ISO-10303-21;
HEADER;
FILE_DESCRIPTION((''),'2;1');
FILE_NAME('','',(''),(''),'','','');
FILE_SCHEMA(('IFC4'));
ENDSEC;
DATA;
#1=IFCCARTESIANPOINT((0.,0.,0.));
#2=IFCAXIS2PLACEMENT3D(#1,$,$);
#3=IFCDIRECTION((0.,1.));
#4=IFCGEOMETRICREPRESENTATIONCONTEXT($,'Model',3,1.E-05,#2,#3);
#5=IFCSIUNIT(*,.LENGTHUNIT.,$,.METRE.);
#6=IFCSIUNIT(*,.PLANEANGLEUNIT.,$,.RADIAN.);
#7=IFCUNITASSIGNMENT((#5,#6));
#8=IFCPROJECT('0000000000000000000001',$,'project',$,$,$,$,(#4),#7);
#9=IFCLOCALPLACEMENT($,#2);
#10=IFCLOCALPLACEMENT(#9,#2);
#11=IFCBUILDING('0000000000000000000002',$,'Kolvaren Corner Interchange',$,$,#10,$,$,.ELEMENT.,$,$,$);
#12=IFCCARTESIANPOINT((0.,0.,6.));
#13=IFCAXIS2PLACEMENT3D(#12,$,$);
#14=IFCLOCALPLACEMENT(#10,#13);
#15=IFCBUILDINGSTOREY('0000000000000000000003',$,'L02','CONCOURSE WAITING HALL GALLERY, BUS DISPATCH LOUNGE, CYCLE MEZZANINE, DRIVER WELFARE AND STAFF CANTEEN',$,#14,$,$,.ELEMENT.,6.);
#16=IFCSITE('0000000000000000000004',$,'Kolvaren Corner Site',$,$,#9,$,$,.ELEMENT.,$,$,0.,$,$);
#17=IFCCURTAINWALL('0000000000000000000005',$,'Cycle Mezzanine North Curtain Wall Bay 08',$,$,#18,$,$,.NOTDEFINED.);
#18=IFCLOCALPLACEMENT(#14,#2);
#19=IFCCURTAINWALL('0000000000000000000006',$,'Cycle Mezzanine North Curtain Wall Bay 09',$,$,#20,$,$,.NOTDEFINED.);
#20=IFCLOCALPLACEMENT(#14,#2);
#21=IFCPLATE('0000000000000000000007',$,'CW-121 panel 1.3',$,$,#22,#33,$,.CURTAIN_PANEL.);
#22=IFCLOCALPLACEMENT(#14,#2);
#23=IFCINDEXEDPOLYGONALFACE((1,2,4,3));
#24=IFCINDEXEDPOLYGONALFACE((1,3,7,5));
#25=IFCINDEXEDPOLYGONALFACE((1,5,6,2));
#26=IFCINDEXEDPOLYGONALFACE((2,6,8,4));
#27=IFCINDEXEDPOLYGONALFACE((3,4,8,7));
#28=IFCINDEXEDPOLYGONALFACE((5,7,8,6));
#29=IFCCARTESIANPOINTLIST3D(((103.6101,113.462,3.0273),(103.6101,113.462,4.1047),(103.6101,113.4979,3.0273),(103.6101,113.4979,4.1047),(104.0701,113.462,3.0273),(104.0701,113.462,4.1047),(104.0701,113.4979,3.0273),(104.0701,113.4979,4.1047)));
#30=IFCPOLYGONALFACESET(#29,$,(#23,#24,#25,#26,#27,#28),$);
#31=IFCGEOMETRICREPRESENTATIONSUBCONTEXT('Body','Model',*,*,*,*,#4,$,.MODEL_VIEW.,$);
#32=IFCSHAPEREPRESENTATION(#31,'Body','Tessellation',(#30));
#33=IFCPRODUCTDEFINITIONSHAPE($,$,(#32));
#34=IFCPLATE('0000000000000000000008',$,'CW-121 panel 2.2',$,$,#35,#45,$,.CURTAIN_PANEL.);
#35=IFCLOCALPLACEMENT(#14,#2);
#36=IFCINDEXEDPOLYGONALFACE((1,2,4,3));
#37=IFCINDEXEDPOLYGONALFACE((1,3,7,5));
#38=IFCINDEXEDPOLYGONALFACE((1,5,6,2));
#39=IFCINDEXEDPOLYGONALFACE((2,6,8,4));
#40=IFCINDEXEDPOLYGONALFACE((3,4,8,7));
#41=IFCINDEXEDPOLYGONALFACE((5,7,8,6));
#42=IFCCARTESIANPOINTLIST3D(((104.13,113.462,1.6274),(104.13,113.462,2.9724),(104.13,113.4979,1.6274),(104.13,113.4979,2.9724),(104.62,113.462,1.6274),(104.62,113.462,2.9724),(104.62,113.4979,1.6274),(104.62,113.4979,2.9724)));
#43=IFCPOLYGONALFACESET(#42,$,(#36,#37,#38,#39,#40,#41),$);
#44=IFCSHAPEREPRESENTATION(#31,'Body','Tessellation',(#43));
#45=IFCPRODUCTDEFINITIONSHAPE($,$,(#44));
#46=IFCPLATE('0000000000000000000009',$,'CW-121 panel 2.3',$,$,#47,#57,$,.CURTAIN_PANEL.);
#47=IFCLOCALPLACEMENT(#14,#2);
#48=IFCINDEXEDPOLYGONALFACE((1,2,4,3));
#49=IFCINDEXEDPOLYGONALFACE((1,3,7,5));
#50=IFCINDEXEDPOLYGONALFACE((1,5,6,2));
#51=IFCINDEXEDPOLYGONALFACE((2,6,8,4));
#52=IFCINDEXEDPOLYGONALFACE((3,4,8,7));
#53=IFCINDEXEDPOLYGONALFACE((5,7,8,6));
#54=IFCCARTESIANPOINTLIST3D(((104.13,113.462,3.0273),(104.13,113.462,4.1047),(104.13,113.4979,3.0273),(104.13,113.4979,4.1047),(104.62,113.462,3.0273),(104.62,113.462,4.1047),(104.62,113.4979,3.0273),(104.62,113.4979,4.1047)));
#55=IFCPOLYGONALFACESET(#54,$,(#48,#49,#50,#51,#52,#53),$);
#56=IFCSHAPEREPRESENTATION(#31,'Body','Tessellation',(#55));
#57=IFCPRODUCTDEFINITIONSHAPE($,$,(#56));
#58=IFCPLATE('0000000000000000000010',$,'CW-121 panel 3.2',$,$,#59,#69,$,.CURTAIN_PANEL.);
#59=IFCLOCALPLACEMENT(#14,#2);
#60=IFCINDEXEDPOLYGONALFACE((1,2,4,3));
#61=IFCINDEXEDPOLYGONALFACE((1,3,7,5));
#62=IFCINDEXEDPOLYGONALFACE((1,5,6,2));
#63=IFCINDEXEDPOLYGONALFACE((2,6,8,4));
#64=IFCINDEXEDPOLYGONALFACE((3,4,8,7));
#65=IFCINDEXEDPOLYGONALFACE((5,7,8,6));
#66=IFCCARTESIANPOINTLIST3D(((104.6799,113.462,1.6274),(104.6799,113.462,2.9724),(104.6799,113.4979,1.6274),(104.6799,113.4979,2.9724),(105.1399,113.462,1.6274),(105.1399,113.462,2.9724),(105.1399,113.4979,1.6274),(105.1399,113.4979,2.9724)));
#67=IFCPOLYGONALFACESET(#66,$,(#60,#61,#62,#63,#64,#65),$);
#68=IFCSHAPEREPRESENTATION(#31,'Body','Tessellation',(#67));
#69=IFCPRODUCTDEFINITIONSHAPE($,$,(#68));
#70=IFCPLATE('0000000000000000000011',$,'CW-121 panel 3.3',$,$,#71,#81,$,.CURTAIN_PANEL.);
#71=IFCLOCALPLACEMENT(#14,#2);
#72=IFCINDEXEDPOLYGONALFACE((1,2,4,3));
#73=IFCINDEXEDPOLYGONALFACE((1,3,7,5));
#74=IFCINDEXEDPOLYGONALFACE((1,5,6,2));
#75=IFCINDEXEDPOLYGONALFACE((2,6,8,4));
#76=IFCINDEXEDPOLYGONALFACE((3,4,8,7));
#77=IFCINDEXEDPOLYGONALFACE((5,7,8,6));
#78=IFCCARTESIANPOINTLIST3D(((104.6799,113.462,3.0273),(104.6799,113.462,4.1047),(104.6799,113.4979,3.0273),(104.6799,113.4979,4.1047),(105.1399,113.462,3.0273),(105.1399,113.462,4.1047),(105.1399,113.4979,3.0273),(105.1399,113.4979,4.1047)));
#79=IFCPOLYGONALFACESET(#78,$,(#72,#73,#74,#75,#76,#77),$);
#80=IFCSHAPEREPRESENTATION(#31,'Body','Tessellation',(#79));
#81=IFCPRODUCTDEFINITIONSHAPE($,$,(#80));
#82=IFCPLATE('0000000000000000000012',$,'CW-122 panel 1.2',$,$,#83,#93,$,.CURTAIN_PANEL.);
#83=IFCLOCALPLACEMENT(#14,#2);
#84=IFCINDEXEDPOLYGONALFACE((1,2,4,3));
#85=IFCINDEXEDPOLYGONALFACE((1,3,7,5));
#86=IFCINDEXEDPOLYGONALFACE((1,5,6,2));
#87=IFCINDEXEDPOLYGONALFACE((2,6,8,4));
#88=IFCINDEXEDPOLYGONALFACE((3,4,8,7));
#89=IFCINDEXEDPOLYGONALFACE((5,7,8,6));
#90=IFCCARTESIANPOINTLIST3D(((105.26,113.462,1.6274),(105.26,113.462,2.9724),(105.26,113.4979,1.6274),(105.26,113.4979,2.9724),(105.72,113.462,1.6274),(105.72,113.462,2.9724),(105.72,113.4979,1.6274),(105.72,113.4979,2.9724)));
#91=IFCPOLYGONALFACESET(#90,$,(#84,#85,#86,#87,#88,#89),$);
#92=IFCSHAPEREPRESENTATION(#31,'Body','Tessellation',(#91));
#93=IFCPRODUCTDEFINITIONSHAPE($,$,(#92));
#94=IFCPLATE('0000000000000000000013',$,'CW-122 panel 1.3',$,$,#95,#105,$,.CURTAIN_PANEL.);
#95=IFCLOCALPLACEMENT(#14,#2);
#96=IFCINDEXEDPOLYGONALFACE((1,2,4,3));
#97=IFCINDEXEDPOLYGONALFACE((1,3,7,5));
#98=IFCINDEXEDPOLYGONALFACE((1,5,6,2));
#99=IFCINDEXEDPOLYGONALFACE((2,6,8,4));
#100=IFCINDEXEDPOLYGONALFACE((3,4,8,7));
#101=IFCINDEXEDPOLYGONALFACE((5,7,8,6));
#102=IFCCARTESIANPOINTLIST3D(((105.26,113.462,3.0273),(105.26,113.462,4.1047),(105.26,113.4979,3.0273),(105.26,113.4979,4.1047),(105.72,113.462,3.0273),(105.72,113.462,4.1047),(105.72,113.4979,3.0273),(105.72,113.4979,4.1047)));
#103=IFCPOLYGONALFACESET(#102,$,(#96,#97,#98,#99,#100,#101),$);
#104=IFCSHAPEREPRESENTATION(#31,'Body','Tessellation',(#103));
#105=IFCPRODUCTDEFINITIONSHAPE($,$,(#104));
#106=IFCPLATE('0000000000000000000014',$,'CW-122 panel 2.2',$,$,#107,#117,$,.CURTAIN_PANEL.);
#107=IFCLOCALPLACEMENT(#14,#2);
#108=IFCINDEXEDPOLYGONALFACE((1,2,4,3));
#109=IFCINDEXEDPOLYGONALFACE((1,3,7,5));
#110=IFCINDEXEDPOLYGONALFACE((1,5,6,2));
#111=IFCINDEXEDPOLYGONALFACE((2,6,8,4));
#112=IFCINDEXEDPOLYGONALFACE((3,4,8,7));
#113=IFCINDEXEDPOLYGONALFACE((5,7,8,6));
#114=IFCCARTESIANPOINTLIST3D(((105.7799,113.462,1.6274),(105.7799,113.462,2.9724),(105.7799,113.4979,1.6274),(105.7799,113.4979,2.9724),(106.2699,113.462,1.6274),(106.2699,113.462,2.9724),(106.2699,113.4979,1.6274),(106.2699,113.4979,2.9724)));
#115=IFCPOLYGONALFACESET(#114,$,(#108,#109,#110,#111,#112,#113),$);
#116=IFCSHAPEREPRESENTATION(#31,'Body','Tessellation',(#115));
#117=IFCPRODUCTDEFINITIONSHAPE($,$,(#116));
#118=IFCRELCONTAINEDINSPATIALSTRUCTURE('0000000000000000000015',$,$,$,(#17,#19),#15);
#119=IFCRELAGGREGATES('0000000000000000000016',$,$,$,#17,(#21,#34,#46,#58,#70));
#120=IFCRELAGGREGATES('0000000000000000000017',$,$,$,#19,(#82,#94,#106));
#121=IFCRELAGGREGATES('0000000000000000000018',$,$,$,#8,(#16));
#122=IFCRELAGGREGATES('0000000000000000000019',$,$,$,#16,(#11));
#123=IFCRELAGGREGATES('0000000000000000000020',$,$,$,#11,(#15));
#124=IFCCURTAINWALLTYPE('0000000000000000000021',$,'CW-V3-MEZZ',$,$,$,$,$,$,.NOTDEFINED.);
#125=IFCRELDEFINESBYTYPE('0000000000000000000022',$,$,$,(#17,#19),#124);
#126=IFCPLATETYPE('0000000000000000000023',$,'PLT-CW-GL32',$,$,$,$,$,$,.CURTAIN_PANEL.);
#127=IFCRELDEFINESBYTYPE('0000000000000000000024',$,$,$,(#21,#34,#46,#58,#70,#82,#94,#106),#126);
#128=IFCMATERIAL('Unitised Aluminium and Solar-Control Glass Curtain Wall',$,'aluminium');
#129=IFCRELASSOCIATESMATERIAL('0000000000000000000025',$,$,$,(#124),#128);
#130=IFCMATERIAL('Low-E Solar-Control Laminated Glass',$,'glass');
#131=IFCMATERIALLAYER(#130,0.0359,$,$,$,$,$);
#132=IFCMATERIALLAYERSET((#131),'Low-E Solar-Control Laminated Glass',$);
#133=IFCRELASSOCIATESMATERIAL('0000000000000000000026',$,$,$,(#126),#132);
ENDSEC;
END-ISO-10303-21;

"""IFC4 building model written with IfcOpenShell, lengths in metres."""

from ifc_helpers import new_model, si_unit, direction, frame, origin, origin_2d, place, context, subcontext, project, spatial, rectangle, extrude, material, layer, layer_set, type_object, element, aggregate, save


model = new_model("IFC4")

# Units and contexts
model_context = context("Model", 3, precision=1e-05, world=origin(), true_north=direction((0.0, 1.0)))
body_context = subcontext(model_context, "Body", "Model", "MODEL_VIEW")
ifc_project = project(units=[si_unit("LENGTHUNIT", "METRE"), si_unit("PLANEANGLEUNIT", "RADIAN")], contexts=[model_context])

# Site, building, storey
site_placement = place(None, origin())
site = spatial("IfcSite", under=ifc_project, at=site_placement, Name="Kolvaren Corner Site", CompositionType="ELEMENT", RefElevation=0.0)
building_placement = place(site_placement, origin())
building = spatial("IfcBuilding", under=site, at=building_placement, Name="Kolvaren Corner Interchange", CompositionType="ELEMENT")
storey_placement = place(building_placement, frame((0.0, 0.0, 6.0)))
storey = spatial("IfcBuildingStorey", under=building, at=storey_placement, Name="L02", Description="CONCOURSE WAITING HALL GALLERY, BUS DISPATCH LOUNGE, CYCLE MEZZANINE, DRIVER WELFARE AND STAFF CANTEEN", CompositionType="ELEMENT", Elevation=6.0)

# Curtain walls
ifc_material_1 = material(Name="Unitised Aluminium and Solar-Control Glass Curtain Wall", Category="aluminium")
curtain_wall_type = type_object("IfcCurtainWallType", Name="CW-V3-MEZZ", PredefinedType="NOTDEFINED", material=ifc_material_1)
curtain_wall_1_placement = place(storey_placement, origin())
curtain_wall_1 = element("IfcCurtainWall", 1, at=curtain_wall_1_placement, inside=storey, type_object=curtain_wall_type, Name="Cycle Mezzanine North Curtain Wall Bay 08", PredefinedType="NOTDEFINED")
curtain_wall_2_placement = place(storey_placement, origin())
curtain_wall_2 = element("IfcCurtainWall", 2, at=curtain_wall_2_placement, inside=storey, type_object=curtain_wall_type, Name="Cycle Mezzanine North Curtain Wall Bay 09", PredefinedType="NOTDEFINED")

# Plates
ifc_material_2 = material(Name="Low-E Solar-Control Laminated Glass", Category="glass")
ifc_layer = layer(ifc_material_2, 0.0359)
ifc_layer_set = layer_set([ifc_layer], Name="Low-E Solar-Control Laminated Glass")
plate_type = type_object("IfcPlateType", Name="PLT-CW-GL32", PredefinedType="CURTAIN_PANEL", material=ifc_layer_set)
plate_1_placement = place(storey_placement, frame((103.8401, 113.48, 3.0273), z_axis=(0.0, 0.0, 1.0), x_axis=(1.0, 0.0, 0.0)))
plate_1 = element("IfcPlate", 3, at=plate_1_placement, type_object=plate_type, Name="CW-121 panel 1.3", PredefinedType="CURTAIN_PANEL", context=body_context, shape_type="SweptSolid", body=[
    extrude(rectangle(XDim=0.46, YDim=0.0359, at=origin_2d()), origin(), (0.0, 0.0, 1.0), 1.0774),
])
plate_2_placement = place(storey_placement, frame((104.375, 113.48, 1.6274), z_axis=(0.0, 0.0, 1.0), x_axis=(1.0, 0.0, 0.0)))
plate_2 = element("IfcPlate", 4, at=plate_2_placement, type_object=plate_type, Name="CW-121 panel 2.2", PredefinedType="CURTAIN_PANEL", context=body_context, shape_type="SweptSolid", body=[
    extrude(rectangle(XDim=0.49, YDim=0.0359, at=origin_2d()), origin(), (0.0, 0.0, 1.0), 1.345),
])
plate_3_placement = place(storey_placement, frame((104.375, 113.48, 3.0273), z_axis=(0.0, 0.0, 1.0), x_axis=(1.0, 0.0, 0.0)))
plate_3 = element("IfcPlate", 5, at=plate_3_placement, type_object=plate_type, Name="CW-121 panel 2.3", PredefinedType="CURTAIN_PANEL", context=body_context, shape_type="SweptSolid", body=[
    extrude(rectangle(XDim=0.49, YDim=0.0359, at=origin_2d()), origin(), (0.0, 0.0, 1.0), 1.0774),
])
plate_4_placement = place(storey_placement, frame((104.9099, 113.48, 1.6274), z_axis=(0.0, 0.0, 1.0), x_axis=(1.0, 0.0, 0.0)))
plate_4 = element("IfcPlate", 6, at=plate_4_placement, type_object=plate_type, Name="CW-121 panel 3.2", PredefinedType="CURTAIN_PANEL", context=body_context, shape_type="SweptSolid", body=[
    extrude(rectangle(XDim=0.46, YDim=0.0359, at=origin_2d()), origin(), (0.0, 0.0, 1.0), 1.345),
])
plate_5_placement = place(storey_placement, frame((104.9099, 113.48, 3.0273), z_axis=(0.0, 0.0, 1.0), x_axis=(1.0, 0.0, 0.0)))
plate_5 = element("IfcPlate", 7, at=plate_5_placement, type_object=plate_type, Name="CW-121 panel 3.3", PredefinedType="CURTAIN_PANEL", context=body_context, shape_type="SweptSolid", body=[
    extrude(rectangle(XDim=0.46, YDim=0.0359, at=origin_2d()), origin(), (0.0, 0.0, 1.0), 1.0774),
])
aggregate(curtain_wall_1, [plate_1, plate_2, plate_3, plate_4, plate_5])
plate_6_placement = place(storey_placement, frame((105.49, 113.48, 1.6274), z_axis=(0.0, 0.0, 1.0), x_axis=(1.0, 0.0, 0.0)))
plate_6 = element("IfcPlate", 8, at=plate_6_placement, type_object=plate_type, Name="CW-122 panel 1.2", PredefinedType="CURTAIN_PANEL", context=body_context, shape_type="SweptSolid", body=[
    extrude(rectangle(XDim=0.46, YDim=0.0359, at=origin_2d()), origin(), (0.0, 0.0, 1.0), 1.345),
])
plate_7_placement = place(storey_placement, frame((105.49, 113.48, 3.0273), z_axis=(0.0, 0.0, 1.0), x_axis=(1.0, 0.0, 0.0)))
plate_7 = element("IfcPlate", 9, at=plate_7_placement, type_object=plate_type, Name="CW-122 panel 1.3", PredefinedType="CURTAIN_PANEL", context=body_context, shape_type="SweptSolid", body=[
    extrude(rectangle(XDim=0.46, YDim=0.0359, at=origin_2d()), origin(), (0.0, 0.0, 1.0), 1.0774),
])
plate_8_placement = place(storey_placement, frame((106.0249, 113.48, 1.6274), z_axis=(0.0, 0.0, 1.0), x_axis=(1.0, 0.0, 0.0)))
plate_8 = element("IfcPlate", 10, at=plate_8_placement, type_object=plate_type, Name="CW-122 panel 2.2", PredefinedType="CURTAIN_PANEL", context=body_context, shape_type="SweptSolid", body=[
    extrude(rectangle(XDim=0.49, YDim=0.0359, at=origin_2d()), origin(), (0.0, 0.0, 1.0), 1.345),
])
aggregate(curtain_wall_2, [plate_6, plate_7, plate_8])

save(model, "model.ifc")
